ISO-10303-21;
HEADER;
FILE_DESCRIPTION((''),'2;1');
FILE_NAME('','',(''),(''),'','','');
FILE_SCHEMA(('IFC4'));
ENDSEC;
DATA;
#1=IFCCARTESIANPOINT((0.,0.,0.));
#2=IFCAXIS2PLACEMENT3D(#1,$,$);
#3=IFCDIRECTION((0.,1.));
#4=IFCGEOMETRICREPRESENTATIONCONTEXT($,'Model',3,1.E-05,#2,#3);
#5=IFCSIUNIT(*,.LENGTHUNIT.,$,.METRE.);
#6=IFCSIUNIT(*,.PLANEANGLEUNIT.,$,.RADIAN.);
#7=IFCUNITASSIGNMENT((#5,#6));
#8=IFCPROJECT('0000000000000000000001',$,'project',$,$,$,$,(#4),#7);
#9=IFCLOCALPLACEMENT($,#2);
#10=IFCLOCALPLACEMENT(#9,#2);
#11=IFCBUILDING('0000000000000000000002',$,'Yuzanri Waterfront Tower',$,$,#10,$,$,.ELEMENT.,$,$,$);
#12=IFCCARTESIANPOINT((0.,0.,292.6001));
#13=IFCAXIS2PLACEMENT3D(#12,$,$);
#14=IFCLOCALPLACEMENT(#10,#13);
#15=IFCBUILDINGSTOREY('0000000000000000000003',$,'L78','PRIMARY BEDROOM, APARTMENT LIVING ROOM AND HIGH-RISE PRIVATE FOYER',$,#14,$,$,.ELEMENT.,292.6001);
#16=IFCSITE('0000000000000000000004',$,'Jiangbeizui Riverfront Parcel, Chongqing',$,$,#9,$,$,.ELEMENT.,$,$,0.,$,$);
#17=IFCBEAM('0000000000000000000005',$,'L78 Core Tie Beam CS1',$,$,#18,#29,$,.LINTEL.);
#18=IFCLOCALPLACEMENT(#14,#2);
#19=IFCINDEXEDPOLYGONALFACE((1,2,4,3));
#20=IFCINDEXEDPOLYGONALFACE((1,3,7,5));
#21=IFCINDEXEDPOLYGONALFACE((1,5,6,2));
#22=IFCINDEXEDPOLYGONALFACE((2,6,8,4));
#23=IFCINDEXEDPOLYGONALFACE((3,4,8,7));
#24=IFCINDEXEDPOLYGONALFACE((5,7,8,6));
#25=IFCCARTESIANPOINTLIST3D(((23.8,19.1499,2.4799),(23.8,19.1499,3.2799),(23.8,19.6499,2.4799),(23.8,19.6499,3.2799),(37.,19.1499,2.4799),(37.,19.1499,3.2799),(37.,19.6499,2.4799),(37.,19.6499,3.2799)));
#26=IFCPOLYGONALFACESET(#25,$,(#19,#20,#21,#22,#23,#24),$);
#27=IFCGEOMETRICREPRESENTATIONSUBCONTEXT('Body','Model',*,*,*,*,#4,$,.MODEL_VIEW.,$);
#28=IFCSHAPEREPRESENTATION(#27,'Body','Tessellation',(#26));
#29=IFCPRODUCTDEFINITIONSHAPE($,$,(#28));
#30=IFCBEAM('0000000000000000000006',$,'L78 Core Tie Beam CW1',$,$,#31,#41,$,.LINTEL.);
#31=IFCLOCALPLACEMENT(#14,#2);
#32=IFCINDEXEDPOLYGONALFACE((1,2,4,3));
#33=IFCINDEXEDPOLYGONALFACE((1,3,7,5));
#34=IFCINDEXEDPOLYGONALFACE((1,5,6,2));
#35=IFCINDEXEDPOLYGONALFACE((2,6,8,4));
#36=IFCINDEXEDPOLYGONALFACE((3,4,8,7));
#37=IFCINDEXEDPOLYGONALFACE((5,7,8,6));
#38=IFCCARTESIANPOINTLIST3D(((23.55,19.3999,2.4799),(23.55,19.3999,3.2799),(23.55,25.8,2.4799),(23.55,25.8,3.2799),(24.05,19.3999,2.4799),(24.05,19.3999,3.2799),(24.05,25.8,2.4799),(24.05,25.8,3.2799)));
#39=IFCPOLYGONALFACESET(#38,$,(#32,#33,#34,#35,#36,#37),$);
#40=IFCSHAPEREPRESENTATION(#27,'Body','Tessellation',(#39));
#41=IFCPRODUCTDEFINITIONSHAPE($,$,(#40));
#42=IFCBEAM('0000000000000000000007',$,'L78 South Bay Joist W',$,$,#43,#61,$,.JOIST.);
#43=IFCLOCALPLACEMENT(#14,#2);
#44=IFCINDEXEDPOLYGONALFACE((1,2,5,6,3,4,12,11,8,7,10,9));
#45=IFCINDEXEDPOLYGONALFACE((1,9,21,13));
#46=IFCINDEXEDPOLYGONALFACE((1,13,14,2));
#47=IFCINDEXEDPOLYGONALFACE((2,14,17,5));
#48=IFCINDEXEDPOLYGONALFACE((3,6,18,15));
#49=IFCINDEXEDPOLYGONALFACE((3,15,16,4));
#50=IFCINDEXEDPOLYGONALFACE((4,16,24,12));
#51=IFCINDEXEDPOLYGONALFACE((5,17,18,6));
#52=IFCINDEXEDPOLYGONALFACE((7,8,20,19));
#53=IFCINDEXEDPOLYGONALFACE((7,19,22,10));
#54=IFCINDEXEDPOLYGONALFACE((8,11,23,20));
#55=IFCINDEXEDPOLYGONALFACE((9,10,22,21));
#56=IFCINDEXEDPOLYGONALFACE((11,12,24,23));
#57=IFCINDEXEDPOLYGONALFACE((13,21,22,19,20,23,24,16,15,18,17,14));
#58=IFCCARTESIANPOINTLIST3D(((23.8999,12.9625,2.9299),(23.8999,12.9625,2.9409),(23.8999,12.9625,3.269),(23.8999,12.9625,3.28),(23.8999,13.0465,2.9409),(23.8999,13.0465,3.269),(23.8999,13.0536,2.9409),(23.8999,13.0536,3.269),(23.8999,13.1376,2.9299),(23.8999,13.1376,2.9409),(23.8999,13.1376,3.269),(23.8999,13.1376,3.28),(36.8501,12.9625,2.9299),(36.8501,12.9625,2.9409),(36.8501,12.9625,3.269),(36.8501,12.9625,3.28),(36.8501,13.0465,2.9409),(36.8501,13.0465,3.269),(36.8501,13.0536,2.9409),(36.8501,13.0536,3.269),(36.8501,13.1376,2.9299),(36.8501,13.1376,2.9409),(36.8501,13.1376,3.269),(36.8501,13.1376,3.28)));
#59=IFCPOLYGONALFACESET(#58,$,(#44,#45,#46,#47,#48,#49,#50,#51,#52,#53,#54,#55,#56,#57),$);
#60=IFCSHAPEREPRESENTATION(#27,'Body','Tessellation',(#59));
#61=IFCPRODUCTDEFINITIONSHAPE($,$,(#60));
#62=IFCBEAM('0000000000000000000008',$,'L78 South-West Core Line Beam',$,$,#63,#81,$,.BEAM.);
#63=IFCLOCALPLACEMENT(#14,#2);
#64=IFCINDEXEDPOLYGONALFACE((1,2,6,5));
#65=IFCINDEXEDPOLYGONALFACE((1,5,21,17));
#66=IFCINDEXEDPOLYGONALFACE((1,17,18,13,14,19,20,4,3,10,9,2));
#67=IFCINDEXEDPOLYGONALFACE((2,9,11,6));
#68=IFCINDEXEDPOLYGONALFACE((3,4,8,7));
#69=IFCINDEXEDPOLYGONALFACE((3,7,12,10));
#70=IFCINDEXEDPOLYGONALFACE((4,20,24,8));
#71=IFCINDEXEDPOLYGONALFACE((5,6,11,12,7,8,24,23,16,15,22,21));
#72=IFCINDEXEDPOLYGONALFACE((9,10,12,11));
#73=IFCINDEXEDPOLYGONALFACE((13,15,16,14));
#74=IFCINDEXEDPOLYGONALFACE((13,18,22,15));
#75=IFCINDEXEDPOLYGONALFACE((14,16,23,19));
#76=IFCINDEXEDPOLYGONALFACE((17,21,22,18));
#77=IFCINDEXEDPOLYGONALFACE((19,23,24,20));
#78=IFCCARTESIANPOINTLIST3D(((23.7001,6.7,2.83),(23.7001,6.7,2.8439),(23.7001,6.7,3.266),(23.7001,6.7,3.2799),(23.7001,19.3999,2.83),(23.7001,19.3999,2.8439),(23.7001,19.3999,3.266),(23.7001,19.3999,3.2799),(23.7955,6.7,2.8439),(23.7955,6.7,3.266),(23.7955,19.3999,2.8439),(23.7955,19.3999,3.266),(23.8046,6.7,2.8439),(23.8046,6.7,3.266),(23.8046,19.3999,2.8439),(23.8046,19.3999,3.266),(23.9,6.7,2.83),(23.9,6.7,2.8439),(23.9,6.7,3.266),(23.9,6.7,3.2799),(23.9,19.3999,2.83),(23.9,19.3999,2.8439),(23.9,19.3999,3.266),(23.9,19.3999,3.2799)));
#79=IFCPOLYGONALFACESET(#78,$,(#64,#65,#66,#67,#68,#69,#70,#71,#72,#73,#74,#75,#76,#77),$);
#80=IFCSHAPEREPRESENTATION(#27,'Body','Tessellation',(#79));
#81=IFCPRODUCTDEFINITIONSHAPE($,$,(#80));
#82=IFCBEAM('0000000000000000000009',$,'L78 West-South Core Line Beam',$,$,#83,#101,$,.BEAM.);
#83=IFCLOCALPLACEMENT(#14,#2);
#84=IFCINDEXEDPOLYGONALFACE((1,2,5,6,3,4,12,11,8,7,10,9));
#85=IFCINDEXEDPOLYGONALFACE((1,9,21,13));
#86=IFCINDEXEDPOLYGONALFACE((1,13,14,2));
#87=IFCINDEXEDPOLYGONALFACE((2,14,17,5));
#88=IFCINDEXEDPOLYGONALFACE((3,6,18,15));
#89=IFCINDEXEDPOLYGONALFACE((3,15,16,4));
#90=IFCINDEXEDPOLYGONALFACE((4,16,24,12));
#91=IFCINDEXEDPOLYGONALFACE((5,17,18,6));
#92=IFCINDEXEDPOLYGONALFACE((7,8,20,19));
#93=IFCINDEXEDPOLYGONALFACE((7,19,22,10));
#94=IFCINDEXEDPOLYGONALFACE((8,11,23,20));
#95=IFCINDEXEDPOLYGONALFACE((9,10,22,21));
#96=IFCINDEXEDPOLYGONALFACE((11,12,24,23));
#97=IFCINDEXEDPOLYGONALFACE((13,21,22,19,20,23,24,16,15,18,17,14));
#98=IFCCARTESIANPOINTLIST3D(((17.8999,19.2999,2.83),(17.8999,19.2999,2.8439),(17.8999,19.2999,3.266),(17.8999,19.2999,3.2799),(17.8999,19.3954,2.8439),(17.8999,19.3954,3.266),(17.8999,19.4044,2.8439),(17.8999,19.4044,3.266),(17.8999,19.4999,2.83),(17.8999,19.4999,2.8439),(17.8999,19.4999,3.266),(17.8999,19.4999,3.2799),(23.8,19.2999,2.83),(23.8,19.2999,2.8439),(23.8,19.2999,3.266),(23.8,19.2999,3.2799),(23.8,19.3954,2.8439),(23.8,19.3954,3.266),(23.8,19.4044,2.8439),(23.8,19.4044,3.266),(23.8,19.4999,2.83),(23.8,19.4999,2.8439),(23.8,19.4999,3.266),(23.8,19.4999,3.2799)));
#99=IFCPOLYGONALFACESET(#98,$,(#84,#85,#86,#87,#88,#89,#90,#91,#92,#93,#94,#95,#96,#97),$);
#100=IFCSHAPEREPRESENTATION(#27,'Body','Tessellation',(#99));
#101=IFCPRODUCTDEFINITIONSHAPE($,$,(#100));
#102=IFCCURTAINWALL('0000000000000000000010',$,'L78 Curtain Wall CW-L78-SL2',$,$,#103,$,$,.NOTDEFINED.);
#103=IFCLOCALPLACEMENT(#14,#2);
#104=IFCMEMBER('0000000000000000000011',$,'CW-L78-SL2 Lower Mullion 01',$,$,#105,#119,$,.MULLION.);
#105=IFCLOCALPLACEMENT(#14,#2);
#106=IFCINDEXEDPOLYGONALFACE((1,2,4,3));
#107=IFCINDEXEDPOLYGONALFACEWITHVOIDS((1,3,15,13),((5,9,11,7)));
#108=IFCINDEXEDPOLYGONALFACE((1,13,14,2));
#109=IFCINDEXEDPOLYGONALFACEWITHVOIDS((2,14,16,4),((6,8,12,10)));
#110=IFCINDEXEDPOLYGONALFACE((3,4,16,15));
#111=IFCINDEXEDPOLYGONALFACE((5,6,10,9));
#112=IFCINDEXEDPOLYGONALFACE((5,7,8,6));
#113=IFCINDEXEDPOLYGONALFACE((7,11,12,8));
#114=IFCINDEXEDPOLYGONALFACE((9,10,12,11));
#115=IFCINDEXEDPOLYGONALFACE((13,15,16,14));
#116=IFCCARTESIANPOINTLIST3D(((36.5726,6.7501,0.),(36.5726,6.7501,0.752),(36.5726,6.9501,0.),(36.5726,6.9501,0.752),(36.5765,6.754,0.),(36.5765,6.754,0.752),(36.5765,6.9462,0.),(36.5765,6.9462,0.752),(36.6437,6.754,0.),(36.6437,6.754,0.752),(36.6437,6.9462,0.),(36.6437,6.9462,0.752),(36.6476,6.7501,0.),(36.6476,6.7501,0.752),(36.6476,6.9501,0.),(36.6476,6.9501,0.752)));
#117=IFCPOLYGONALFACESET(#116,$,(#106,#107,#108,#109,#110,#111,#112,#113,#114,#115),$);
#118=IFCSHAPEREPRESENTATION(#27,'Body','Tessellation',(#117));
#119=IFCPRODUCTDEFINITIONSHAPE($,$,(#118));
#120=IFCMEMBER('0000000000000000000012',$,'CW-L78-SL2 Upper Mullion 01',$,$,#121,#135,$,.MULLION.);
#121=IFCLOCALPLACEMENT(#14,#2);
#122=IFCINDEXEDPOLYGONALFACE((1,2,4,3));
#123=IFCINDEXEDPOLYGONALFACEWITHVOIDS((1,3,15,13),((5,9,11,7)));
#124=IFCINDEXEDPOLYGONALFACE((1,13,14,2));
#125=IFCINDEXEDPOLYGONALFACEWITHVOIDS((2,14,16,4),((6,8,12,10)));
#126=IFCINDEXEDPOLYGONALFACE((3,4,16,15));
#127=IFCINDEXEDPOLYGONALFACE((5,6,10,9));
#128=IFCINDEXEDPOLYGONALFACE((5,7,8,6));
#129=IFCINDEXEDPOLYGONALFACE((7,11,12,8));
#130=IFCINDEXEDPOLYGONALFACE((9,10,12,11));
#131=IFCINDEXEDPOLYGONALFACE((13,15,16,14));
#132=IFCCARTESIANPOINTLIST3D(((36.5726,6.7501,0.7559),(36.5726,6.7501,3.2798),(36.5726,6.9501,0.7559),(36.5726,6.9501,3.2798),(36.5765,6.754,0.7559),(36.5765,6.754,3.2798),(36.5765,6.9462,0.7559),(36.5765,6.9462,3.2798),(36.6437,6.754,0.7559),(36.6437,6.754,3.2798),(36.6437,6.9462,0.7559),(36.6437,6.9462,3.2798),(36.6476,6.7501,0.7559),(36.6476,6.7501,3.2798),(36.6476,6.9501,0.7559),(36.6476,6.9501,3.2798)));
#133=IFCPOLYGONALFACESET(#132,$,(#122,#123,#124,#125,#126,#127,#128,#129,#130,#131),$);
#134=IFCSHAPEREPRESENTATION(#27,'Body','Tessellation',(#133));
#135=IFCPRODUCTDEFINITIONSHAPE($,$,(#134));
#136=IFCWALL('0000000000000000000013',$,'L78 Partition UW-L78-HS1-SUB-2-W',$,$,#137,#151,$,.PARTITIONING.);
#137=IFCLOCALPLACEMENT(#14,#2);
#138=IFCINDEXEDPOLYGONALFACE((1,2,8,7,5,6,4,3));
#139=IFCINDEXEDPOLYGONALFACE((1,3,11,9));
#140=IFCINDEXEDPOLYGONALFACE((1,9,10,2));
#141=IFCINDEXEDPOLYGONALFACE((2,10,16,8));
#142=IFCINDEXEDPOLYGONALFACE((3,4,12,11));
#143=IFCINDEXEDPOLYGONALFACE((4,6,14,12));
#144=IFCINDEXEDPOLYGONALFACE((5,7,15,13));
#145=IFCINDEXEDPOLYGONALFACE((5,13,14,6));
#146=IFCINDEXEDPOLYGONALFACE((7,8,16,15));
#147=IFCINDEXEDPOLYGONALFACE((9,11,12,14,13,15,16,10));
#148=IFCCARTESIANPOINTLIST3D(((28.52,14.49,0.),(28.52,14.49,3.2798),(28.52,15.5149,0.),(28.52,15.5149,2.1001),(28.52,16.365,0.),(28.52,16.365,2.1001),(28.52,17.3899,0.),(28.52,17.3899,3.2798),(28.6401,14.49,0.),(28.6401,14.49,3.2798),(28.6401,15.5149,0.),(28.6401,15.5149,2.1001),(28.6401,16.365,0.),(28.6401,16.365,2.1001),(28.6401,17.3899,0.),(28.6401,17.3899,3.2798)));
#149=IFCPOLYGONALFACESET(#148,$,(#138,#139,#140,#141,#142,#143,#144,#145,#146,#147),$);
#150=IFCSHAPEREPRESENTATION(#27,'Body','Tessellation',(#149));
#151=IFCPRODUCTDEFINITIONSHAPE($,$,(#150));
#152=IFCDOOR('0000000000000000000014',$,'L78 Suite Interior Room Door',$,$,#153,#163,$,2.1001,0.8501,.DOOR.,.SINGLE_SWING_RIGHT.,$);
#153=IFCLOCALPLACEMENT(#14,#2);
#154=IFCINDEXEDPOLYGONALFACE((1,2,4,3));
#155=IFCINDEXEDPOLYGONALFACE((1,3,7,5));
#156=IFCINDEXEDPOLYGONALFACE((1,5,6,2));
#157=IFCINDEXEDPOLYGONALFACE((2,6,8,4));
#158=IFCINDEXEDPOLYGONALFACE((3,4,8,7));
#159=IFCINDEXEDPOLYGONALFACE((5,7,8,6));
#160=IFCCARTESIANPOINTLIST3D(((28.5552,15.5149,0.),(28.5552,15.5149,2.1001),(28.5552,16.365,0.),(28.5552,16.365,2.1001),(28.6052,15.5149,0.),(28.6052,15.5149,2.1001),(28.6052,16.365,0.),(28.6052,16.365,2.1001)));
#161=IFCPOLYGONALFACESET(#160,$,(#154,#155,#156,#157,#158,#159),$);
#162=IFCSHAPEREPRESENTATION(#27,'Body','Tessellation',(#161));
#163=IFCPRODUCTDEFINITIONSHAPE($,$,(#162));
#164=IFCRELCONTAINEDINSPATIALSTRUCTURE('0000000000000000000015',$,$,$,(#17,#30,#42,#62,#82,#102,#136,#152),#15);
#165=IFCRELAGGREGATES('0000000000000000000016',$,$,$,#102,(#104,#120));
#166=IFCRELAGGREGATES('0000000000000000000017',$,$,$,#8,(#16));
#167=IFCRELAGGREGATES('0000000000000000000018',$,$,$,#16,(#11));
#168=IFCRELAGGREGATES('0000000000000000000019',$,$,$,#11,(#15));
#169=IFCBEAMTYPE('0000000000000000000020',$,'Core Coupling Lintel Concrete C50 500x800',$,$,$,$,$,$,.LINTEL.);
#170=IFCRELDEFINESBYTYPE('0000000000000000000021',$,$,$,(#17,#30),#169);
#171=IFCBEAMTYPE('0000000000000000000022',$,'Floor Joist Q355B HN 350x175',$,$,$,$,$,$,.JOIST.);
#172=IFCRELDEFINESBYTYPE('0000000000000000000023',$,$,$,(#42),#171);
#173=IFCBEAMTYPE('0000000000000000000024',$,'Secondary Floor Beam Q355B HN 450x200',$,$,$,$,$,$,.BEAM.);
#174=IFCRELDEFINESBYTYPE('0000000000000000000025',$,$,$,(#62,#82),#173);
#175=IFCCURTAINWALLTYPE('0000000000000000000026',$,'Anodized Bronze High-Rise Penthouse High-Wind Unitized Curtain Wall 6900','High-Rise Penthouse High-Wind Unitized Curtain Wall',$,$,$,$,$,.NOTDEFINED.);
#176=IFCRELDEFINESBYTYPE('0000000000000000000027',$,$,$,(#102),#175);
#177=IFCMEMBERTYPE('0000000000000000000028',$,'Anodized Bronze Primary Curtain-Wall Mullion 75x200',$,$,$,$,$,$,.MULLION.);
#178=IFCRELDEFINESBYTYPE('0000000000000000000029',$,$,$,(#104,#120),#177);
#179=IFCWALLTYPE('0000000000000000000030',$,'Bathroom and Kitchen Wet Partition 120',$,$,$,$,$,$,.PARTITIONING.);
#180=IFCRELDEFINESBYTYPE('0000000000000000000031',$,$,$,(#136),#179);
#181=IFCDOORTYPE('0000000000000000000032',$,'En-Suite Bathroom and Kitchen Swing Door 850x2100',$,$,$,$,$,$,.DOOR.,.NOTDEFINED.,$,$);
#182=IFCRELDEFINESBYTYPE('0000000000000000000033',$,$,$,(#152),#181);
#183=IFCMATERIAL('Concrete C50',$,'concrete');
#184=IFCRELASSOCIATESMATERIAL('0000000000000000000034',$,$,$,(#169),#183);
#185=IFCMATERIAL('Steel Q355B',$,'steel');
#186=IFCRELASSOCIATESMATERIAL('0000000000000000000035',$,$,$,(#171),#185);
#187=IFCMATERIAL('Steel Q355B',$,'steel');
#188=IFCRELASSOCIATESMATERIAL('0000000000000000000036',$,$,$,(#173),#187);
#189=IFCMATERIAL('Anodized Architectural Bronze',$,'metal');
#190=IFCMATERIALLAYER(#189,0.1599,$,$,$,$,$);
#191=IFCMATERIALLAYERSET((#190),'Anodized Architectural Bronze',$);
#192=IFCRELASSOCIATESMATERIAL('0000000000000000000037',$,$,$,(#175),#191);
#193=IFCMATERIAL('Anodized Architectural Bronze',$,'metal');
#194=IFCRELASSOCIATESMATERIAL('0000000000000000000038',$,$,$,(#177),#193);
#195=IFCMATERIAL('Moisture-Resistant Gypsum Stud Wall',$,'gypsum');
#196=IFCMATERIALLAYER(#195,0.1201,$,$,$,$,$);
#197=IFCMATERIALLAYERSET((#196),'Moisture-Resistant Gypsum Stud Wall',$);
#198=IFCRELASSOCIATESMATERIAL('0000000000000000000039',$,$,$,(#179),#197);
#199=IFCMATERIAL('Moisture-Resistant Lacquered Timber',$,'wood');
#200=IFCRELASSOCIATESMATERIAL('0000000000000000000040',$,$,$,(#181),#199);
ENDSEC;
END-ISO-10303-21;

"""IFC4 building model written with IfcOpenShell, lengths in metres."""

from ifc_helpers import new_model, si_unit, direction, frame, frame_2d, origin, origin_2d, place, context, subcontext, project, spatial, rectangle, hollow_rectangle, i_section, extrude, source, transform, mapped, material, layer, layer_set, material_profile, profile_set, type_object, element, fill, aggregate, save


model = new_model("IFC4")

# Units and contexts
model_context = context("Model", 3, precision=1e-05, world=origin(), true_north=direction((0.0, 1.0)))
body_context = subcontext(model_context, "Body", "Model", "MODEL_VIEW")
ifc_project = project(units=[si_unit("LENGTHUNIT", "METRE"), si_unit("PLANEANGLEUNIT", "RADIAN")], contexts=[model_context])

# Site, building, storey
site_placement = place(None, origin())
site = spatial("IfcSite", under=ifc_project, at=site_placement, Name="Jiangbeizui Riverfront Parcel, Chongqing", CompositionType="ELEMENT", RefElevation=0.0)
building_placement = place(site_placement, origin())
building = spatial("IfcBuilding", under=site, at=building_placement, Name="Yuzanri Waterfront Tower", CompositionType="ELEMENT")
storey_placement = place(building_placement, frame((0.0, 0.0, 292.6001)))
storey = spatial("IfcBuildingStorey", under=building, at=storey_placement, Name="L78", Description="PRIMARY BEDROOM, APARTMENT LIVING ROOM AND HIGH-RISE PRIVATE FOYER", CompositionType="ELEMENT", Elevation=292.6001)

# Beams
ifc_material_1 = material(Name="Concrete C50", Category="concrete")
ifc_material_profile_1 = material_profile(ifc_material_1, rectangle(XDim=0.5, YDim=0.8, at=origin_2d()), Name="RC 500x800")
ifc_profile_set_1 = profile_set([ifc_material_profile_1], Name="Concrete C50")
beam_type_1 = type_object("IfcBeamType", Name="Core Coupling Lintel Concrete C50 500x800", PredefinedType="LINTEL", material=ifc_profile_set_1)
shared_shape_1 = source(origin(), body_context, "Body", "SweptSolid", [
    extrude(rectangle(XDim=0.5, YDim=0.8, at=origin_2d()), origin(), (0.0, 0.0, 1.0), 13.2),
])
beam_1_placement = place(storey_placement, frame((23.8, 19.3999, 2.8799), z_axis=(1.0, 0.0, 0.0), x_axis=(0.0, 1.0, 0.0)))
element("IfcBeam", 1, at=beam_1_placement, inside=storey, type_object=beam_type_1, Name="L78 Core Tie Beam CS1", PredefinedType="LINTEL", context=body_context, shape_type="MappedRepresentation", body=[
    mapped(shared_shape_1, transform((0.0, 0.0, 0.0), scale=1.0)),
])
shared_shape_2 = source(origin(), body_context, "Body", "SweptSolid", [
    extrude(rectangle(XDim=0.5, YDim=0.8, at=origin_2d()), origin(), (0.0, 0.0, 1.0), 6.4001),
])
beam_2_placement = place(storey_placement, frame((23.8, 19.3999, 2.8799), z_axis=(0.0, 1.0, 0.0), x_axis=(-1.0, 0.0, 0.0)))
element("IfcBeam", 2, at=beam_2_placement, inside=storey, type_object=beam_type_1, Name="L78 Core Tie Beam CW1", PredefinedType="LINTEL", context=body_context, shape_type="MappedRepresentation", body=[
    mapped(shared_shape_2, transform((0.0, 0.0, 0.0), scale=1.0)),
])
ifc_material_2 = material(Name="Steel Q355B", Category="steel")
ifc_material_profile_2 = material_profile(ifc_material_2, i_section(OverallWidth=0.175, OverallDepth=0.3501, WebThickness=0.0071, FlangeThickness=0.011, at=origin_2d()), Name="HN 350x175x7x11")
ifc_profile_set_2 = profile_set([ifc_material_profile_2], Name="Steel Q355B")
beam_type_2 = type_object("IfcBeamType", Name="Floor Joist Q355B HN 350x175", PredefinedType="JOIST", material=ifc_profile_set_2)
shared_shape_3 = source(origin(), body_context, "Body", "SweptSolid", [
    extrude(i_section(OverallWidth=0.175, OverallDepth=0.3501, WebThickness=0.0071, FlangeThickness=0.011, at=origin_2d()), origin(), (0.0, 0.0, 1.0), 12.9502),
])
beam_3_placement = place(storey_placement, frame((23.8999, 13.05, 3.105), z_axis=(1.0, 0.0, 0.0), x_axis=(0.0, 1.0, 0.0)))
element("IfcBeam", 3, at=beam_3_placement, inside=storey, type_object=beam_type_2, Name="L78 South Bay Joist W", PredefinedType="JOIST", context=body_context, shape_type="MappedRepresentation", body=[
    mapped(shared_shape_3, transform((0.0, 0.0, 0.0), scale=1.0)),
])
ifc_material_3 = material(Name="Steel Q355B", Category="steel")
ifc_material_profile_3 = material_profile(ifc_material_3, i_section(OverallWidth=0.2, OverallDepth=0.45, WebThickness=0.009, FlangeThickness=0.0139, at=origin_2d()), Name="HN 450x200x9x14")
ifc_profile_set_3 = profile_set([ifc_material_profile_3], Name="Steel Q355B")
beam_type_3 = type_object("IfcBeamType", Name="Secondary Floor Beam Q355B HN 450x200", PredefinedType="BEAM", material=ifc_profile_set_3)
shared_shape_4 = source(origin(), body_context, "Body", "SweptSolid", [
    extrude(i_section(OverallWidth=0.2, OverallDepth=0.45, WebThickness=0.009, FlangeThickness=0.0139, at=origin_2d()), origin(), (0.0, 0.0, 1.0), 12.7),
])
beam_4_placement = place(storey_placement, frame((23.8, 19.3999, 3.0549), z_axis=(0.0, -1.0, 0.0), x_axis=(1.0, 0.0, 0.0)))
element("IfcBeam", 4, at=beam_4_placement, inside=storey, type_object=beam_type_3, Name="L78 South-West Core Line Beam", PredefinedType="BEAM", context=body_context, shape_type="MappedRepresentation", body=[
    mapped(shared_shape_4, transform((0.0, 0.0, 0.0), scale=1.0)),
])
shared_shape_5 = source(origin(), body_context, "Body", "SweptSolid", [
    extrude(i_section(OverallWidth=0.2, OverallDepth=0.45, WebThickness=0.009, FlangeThickness=0.0139, at=origin_2d()), origin(), (0.0, 0.0, 1.0), 5.9001),
])
beam_5_placement = place(storey_placement, frame((23.8, 19.3999, 3.0549), z_axis=(-1.0, 0.0, 0.0), x_axis=(0.0, -1.0, 0.0)))
element("IfcBeam", 5, at=beam_5_placement, inside=storey, type_object=beam_type_3, Name="L78 West-South Core Line Beam", PredefinedType="BEAM", context=body_context, shape_type="MappedRepresentation", body=[
    mapped(shared_shape_5, transform((0.0, 0.0, 0.0), scale=1.0)),
])

# Curtain wall, members
ifc_material_4 = material(Name="Anodized Architectural Bronze", Category="metal")
ifc_layer_1 = layer(ifc_material_4, 0.1599)
ifc_layer_set_1 = layer_set([ifc_layer_1], Name="Anodized Architectural Bronze")
curtain_wall_type = type_object("IfcCurtainWallType", Name="Anodized Bronze High-Rise Penthouse High-Wind Unitized Curtain Wall 6900", Description="High-Rise Penthouse High-Wind Unitized Curtain Wall", PredefinedType="NOTDEFINED", material=ifc_layer_set_1)
curtain_wall_placement = place(storey_placement, origin())
curtain_wall = element("IfcCurtainWall", 6, at=curtain_wall_placement, inside=storey, type_object=curtain_wall_type, Name="L78 Curtain Wall CW-L78-SL2", PredefinedType="NOTDEFINED")
ifc_material_5 = material(Name="Anodized Architectural Bronze", Category="metal")
ifc_material_profile_4 = material_profile(ifc_material_5, hollow_rectangle(XDim=0.075, YDim=0.2, WallThickness=0.0039, at=origin_2d()), Name="CWM 75x200")
ifc_profile_set_4 = profile_set([ifc_material_profile_4], Name="Anodized Architectural Bronze")
member_type = type_object("IfcMemberType", Name="Anodized Bronze Primary Curtain-Wall Mullion 75x200", PredefinedType="MULLION", material=ifc_profile_set_4)
shared_shape_6 = source(origin(), body_context, "Body", "SweptSolid", [
    extrude(hollow_rectangle(XDim=0.075, YDim=0.2, WallThickness=0.0039, at=origin_2d()), origin(), (0.0, 0.0, 1.0), 0.752),
])
member_1_placement = place(storey_placement, frame((36.6101, 6.8501, 0.0), z_axis=(0.0, 0.0, 1.0), x_axis=(1.0, 0.0, 0.0)))
member_1 = element("IfcMember", 7, at=member_1_placement, type_object=member_type, Name="CW-L78-SL2 Lower Mullion 01", PredefinedType="MULLION", context=body_context, shape_type="MappedRepresentation", body=[
    mapped(shared_shape_6, transform((0.0, 0.0, 0.0), scale=1.0)),
])
shared_shape_7 = source(origin(), body_context, "Body", "SweptSolid", [
    extrude(hollow_rectangle(XDim=0.075, YDim=0.2, WallThickness=0.0039, at=origin_2d()), origin(), (0.0, 0.0, 1.0), 2.5239),
])
member_2_placement = place(storey_placement, frame((36.6101, 6.8501, 0.7559), z_axis=(0.0, 0.0, 1.0), x_axis=(1.0, 0.0, 0.0)))
member_2 = element("IfcMember", 8, at=member_2_placement, type_object=member_type, Name="CW-L78-SL2 Upper Mullion 01", PredefinedType="MULLION", context=body_context, shape_type="MappedRepresentation", body=[
    mapped(shared_shape_7, transform((0.0, 0.0, 0.0), scale=1.0)),
])
aggregate(curtain_wall, [member_1, member_2])

# Wall, opening, door
ifc_material_6 = material(Name="Moisture-Resistant Gypsum Stud Wall", Category="gypsum")
ifc_layer_2 = layer(ifc_material_6, 0.1201)
ifc_layer_set_2 = layer_set([ifc_layer_2], Name="Moisture-Resistant Gypsum Stud Wall")
wall_type_1 = type_object("IfcWallType", Name="Bathroom and Kitchen Wet Partition 120", PredefinedType="PARTITIONING", material=ifc_layer_set_2)
wall_1_placement = place(storey_placement, frame((28.5801, 14.49, 0.0), z_axis=(0.0, 0.0, 1.0), x_axis=(0.0, 1.0, 0.0)))
wall_1 = element("IfcWall", 9, at=wall_1_placement, inside=storey, type_object=wall_type_1, Name="L78 Partition UW-L78-HS1-SUB-2-W", PredefinedType="PARTITIONING", context=body_context, shape_type="SweptSolid", body=[
    extrude(rectangle(XDim=2.8999, YDim=0.1201, at=frame_2d((1.45, 0.0))), origin(), (0.0, 0.0, 1.0), 3.2798),
])
opening_1_placement = place(wall_1_placement, frame((1.0249, 0.0, 0.0)))
opening_1 = element("IfcOpeningElement", 10, at=opening_1_placement, cuts=wall_1, PredefinedType="OPENING", context=body_context, shape_type="SweptSolid", body=[
    extrude(rectangle(XDim=0.8501, YDim=2.1001, at=frame_2d((0.425, 1.05))), frame((0.0, 0.075, 0.0), z_axis=(0.0, -1.0, 0.0), x_axis=(1.0, 0.0, 0.0)), (0.0, 0.0, 1.0), 0.1499),
])
ifc_material_7 = material(Name="Moisture-Resistant Lacquered Timber", Category="wood")
door_type_1 = type_object("IfcDoorType", Name="En-Suite Bathroom and Kitchen Swing Door 850x2100", OperationType="NOTDEFINED", PredefinedType="DOOR", material=ifc_material_7)
shared_shape_8 = source(origin(), body_context, "Body", "SweptSolid", [
    extrude(rectangle(XDim=0.8501, YDim=2.1001, at=frame_2d((0.425, 1.05))), frame((0.0, 0.0249, 0.0), z_axis=(0.0, -1.0, 0.0), x_axis=(1.0, 0.0, 0.0)), (0.0, 0.0, 1.0), 0.05),
])
door_1_placement = place(opening_1_placement, origin())
door_1 = element("IfcDoor", 11, at=door_1_placement, inside=storey, type_object=door_type_1, Name="L78 Suite Interior Room Door", OperationType="SINGLE_SWING_RIGHT", OverallHeight=2.1001, OverallWidth=0.8501, PredefinedType="DOOR", context=body_context, shape_type="MappedRepresentation", body=[
    mapped(shared_shape_8, transform((0.0, 0.0, 0.0), scale=1.0)),
])
fill(opening_1, door_1)

save(model, "model.ifc")
